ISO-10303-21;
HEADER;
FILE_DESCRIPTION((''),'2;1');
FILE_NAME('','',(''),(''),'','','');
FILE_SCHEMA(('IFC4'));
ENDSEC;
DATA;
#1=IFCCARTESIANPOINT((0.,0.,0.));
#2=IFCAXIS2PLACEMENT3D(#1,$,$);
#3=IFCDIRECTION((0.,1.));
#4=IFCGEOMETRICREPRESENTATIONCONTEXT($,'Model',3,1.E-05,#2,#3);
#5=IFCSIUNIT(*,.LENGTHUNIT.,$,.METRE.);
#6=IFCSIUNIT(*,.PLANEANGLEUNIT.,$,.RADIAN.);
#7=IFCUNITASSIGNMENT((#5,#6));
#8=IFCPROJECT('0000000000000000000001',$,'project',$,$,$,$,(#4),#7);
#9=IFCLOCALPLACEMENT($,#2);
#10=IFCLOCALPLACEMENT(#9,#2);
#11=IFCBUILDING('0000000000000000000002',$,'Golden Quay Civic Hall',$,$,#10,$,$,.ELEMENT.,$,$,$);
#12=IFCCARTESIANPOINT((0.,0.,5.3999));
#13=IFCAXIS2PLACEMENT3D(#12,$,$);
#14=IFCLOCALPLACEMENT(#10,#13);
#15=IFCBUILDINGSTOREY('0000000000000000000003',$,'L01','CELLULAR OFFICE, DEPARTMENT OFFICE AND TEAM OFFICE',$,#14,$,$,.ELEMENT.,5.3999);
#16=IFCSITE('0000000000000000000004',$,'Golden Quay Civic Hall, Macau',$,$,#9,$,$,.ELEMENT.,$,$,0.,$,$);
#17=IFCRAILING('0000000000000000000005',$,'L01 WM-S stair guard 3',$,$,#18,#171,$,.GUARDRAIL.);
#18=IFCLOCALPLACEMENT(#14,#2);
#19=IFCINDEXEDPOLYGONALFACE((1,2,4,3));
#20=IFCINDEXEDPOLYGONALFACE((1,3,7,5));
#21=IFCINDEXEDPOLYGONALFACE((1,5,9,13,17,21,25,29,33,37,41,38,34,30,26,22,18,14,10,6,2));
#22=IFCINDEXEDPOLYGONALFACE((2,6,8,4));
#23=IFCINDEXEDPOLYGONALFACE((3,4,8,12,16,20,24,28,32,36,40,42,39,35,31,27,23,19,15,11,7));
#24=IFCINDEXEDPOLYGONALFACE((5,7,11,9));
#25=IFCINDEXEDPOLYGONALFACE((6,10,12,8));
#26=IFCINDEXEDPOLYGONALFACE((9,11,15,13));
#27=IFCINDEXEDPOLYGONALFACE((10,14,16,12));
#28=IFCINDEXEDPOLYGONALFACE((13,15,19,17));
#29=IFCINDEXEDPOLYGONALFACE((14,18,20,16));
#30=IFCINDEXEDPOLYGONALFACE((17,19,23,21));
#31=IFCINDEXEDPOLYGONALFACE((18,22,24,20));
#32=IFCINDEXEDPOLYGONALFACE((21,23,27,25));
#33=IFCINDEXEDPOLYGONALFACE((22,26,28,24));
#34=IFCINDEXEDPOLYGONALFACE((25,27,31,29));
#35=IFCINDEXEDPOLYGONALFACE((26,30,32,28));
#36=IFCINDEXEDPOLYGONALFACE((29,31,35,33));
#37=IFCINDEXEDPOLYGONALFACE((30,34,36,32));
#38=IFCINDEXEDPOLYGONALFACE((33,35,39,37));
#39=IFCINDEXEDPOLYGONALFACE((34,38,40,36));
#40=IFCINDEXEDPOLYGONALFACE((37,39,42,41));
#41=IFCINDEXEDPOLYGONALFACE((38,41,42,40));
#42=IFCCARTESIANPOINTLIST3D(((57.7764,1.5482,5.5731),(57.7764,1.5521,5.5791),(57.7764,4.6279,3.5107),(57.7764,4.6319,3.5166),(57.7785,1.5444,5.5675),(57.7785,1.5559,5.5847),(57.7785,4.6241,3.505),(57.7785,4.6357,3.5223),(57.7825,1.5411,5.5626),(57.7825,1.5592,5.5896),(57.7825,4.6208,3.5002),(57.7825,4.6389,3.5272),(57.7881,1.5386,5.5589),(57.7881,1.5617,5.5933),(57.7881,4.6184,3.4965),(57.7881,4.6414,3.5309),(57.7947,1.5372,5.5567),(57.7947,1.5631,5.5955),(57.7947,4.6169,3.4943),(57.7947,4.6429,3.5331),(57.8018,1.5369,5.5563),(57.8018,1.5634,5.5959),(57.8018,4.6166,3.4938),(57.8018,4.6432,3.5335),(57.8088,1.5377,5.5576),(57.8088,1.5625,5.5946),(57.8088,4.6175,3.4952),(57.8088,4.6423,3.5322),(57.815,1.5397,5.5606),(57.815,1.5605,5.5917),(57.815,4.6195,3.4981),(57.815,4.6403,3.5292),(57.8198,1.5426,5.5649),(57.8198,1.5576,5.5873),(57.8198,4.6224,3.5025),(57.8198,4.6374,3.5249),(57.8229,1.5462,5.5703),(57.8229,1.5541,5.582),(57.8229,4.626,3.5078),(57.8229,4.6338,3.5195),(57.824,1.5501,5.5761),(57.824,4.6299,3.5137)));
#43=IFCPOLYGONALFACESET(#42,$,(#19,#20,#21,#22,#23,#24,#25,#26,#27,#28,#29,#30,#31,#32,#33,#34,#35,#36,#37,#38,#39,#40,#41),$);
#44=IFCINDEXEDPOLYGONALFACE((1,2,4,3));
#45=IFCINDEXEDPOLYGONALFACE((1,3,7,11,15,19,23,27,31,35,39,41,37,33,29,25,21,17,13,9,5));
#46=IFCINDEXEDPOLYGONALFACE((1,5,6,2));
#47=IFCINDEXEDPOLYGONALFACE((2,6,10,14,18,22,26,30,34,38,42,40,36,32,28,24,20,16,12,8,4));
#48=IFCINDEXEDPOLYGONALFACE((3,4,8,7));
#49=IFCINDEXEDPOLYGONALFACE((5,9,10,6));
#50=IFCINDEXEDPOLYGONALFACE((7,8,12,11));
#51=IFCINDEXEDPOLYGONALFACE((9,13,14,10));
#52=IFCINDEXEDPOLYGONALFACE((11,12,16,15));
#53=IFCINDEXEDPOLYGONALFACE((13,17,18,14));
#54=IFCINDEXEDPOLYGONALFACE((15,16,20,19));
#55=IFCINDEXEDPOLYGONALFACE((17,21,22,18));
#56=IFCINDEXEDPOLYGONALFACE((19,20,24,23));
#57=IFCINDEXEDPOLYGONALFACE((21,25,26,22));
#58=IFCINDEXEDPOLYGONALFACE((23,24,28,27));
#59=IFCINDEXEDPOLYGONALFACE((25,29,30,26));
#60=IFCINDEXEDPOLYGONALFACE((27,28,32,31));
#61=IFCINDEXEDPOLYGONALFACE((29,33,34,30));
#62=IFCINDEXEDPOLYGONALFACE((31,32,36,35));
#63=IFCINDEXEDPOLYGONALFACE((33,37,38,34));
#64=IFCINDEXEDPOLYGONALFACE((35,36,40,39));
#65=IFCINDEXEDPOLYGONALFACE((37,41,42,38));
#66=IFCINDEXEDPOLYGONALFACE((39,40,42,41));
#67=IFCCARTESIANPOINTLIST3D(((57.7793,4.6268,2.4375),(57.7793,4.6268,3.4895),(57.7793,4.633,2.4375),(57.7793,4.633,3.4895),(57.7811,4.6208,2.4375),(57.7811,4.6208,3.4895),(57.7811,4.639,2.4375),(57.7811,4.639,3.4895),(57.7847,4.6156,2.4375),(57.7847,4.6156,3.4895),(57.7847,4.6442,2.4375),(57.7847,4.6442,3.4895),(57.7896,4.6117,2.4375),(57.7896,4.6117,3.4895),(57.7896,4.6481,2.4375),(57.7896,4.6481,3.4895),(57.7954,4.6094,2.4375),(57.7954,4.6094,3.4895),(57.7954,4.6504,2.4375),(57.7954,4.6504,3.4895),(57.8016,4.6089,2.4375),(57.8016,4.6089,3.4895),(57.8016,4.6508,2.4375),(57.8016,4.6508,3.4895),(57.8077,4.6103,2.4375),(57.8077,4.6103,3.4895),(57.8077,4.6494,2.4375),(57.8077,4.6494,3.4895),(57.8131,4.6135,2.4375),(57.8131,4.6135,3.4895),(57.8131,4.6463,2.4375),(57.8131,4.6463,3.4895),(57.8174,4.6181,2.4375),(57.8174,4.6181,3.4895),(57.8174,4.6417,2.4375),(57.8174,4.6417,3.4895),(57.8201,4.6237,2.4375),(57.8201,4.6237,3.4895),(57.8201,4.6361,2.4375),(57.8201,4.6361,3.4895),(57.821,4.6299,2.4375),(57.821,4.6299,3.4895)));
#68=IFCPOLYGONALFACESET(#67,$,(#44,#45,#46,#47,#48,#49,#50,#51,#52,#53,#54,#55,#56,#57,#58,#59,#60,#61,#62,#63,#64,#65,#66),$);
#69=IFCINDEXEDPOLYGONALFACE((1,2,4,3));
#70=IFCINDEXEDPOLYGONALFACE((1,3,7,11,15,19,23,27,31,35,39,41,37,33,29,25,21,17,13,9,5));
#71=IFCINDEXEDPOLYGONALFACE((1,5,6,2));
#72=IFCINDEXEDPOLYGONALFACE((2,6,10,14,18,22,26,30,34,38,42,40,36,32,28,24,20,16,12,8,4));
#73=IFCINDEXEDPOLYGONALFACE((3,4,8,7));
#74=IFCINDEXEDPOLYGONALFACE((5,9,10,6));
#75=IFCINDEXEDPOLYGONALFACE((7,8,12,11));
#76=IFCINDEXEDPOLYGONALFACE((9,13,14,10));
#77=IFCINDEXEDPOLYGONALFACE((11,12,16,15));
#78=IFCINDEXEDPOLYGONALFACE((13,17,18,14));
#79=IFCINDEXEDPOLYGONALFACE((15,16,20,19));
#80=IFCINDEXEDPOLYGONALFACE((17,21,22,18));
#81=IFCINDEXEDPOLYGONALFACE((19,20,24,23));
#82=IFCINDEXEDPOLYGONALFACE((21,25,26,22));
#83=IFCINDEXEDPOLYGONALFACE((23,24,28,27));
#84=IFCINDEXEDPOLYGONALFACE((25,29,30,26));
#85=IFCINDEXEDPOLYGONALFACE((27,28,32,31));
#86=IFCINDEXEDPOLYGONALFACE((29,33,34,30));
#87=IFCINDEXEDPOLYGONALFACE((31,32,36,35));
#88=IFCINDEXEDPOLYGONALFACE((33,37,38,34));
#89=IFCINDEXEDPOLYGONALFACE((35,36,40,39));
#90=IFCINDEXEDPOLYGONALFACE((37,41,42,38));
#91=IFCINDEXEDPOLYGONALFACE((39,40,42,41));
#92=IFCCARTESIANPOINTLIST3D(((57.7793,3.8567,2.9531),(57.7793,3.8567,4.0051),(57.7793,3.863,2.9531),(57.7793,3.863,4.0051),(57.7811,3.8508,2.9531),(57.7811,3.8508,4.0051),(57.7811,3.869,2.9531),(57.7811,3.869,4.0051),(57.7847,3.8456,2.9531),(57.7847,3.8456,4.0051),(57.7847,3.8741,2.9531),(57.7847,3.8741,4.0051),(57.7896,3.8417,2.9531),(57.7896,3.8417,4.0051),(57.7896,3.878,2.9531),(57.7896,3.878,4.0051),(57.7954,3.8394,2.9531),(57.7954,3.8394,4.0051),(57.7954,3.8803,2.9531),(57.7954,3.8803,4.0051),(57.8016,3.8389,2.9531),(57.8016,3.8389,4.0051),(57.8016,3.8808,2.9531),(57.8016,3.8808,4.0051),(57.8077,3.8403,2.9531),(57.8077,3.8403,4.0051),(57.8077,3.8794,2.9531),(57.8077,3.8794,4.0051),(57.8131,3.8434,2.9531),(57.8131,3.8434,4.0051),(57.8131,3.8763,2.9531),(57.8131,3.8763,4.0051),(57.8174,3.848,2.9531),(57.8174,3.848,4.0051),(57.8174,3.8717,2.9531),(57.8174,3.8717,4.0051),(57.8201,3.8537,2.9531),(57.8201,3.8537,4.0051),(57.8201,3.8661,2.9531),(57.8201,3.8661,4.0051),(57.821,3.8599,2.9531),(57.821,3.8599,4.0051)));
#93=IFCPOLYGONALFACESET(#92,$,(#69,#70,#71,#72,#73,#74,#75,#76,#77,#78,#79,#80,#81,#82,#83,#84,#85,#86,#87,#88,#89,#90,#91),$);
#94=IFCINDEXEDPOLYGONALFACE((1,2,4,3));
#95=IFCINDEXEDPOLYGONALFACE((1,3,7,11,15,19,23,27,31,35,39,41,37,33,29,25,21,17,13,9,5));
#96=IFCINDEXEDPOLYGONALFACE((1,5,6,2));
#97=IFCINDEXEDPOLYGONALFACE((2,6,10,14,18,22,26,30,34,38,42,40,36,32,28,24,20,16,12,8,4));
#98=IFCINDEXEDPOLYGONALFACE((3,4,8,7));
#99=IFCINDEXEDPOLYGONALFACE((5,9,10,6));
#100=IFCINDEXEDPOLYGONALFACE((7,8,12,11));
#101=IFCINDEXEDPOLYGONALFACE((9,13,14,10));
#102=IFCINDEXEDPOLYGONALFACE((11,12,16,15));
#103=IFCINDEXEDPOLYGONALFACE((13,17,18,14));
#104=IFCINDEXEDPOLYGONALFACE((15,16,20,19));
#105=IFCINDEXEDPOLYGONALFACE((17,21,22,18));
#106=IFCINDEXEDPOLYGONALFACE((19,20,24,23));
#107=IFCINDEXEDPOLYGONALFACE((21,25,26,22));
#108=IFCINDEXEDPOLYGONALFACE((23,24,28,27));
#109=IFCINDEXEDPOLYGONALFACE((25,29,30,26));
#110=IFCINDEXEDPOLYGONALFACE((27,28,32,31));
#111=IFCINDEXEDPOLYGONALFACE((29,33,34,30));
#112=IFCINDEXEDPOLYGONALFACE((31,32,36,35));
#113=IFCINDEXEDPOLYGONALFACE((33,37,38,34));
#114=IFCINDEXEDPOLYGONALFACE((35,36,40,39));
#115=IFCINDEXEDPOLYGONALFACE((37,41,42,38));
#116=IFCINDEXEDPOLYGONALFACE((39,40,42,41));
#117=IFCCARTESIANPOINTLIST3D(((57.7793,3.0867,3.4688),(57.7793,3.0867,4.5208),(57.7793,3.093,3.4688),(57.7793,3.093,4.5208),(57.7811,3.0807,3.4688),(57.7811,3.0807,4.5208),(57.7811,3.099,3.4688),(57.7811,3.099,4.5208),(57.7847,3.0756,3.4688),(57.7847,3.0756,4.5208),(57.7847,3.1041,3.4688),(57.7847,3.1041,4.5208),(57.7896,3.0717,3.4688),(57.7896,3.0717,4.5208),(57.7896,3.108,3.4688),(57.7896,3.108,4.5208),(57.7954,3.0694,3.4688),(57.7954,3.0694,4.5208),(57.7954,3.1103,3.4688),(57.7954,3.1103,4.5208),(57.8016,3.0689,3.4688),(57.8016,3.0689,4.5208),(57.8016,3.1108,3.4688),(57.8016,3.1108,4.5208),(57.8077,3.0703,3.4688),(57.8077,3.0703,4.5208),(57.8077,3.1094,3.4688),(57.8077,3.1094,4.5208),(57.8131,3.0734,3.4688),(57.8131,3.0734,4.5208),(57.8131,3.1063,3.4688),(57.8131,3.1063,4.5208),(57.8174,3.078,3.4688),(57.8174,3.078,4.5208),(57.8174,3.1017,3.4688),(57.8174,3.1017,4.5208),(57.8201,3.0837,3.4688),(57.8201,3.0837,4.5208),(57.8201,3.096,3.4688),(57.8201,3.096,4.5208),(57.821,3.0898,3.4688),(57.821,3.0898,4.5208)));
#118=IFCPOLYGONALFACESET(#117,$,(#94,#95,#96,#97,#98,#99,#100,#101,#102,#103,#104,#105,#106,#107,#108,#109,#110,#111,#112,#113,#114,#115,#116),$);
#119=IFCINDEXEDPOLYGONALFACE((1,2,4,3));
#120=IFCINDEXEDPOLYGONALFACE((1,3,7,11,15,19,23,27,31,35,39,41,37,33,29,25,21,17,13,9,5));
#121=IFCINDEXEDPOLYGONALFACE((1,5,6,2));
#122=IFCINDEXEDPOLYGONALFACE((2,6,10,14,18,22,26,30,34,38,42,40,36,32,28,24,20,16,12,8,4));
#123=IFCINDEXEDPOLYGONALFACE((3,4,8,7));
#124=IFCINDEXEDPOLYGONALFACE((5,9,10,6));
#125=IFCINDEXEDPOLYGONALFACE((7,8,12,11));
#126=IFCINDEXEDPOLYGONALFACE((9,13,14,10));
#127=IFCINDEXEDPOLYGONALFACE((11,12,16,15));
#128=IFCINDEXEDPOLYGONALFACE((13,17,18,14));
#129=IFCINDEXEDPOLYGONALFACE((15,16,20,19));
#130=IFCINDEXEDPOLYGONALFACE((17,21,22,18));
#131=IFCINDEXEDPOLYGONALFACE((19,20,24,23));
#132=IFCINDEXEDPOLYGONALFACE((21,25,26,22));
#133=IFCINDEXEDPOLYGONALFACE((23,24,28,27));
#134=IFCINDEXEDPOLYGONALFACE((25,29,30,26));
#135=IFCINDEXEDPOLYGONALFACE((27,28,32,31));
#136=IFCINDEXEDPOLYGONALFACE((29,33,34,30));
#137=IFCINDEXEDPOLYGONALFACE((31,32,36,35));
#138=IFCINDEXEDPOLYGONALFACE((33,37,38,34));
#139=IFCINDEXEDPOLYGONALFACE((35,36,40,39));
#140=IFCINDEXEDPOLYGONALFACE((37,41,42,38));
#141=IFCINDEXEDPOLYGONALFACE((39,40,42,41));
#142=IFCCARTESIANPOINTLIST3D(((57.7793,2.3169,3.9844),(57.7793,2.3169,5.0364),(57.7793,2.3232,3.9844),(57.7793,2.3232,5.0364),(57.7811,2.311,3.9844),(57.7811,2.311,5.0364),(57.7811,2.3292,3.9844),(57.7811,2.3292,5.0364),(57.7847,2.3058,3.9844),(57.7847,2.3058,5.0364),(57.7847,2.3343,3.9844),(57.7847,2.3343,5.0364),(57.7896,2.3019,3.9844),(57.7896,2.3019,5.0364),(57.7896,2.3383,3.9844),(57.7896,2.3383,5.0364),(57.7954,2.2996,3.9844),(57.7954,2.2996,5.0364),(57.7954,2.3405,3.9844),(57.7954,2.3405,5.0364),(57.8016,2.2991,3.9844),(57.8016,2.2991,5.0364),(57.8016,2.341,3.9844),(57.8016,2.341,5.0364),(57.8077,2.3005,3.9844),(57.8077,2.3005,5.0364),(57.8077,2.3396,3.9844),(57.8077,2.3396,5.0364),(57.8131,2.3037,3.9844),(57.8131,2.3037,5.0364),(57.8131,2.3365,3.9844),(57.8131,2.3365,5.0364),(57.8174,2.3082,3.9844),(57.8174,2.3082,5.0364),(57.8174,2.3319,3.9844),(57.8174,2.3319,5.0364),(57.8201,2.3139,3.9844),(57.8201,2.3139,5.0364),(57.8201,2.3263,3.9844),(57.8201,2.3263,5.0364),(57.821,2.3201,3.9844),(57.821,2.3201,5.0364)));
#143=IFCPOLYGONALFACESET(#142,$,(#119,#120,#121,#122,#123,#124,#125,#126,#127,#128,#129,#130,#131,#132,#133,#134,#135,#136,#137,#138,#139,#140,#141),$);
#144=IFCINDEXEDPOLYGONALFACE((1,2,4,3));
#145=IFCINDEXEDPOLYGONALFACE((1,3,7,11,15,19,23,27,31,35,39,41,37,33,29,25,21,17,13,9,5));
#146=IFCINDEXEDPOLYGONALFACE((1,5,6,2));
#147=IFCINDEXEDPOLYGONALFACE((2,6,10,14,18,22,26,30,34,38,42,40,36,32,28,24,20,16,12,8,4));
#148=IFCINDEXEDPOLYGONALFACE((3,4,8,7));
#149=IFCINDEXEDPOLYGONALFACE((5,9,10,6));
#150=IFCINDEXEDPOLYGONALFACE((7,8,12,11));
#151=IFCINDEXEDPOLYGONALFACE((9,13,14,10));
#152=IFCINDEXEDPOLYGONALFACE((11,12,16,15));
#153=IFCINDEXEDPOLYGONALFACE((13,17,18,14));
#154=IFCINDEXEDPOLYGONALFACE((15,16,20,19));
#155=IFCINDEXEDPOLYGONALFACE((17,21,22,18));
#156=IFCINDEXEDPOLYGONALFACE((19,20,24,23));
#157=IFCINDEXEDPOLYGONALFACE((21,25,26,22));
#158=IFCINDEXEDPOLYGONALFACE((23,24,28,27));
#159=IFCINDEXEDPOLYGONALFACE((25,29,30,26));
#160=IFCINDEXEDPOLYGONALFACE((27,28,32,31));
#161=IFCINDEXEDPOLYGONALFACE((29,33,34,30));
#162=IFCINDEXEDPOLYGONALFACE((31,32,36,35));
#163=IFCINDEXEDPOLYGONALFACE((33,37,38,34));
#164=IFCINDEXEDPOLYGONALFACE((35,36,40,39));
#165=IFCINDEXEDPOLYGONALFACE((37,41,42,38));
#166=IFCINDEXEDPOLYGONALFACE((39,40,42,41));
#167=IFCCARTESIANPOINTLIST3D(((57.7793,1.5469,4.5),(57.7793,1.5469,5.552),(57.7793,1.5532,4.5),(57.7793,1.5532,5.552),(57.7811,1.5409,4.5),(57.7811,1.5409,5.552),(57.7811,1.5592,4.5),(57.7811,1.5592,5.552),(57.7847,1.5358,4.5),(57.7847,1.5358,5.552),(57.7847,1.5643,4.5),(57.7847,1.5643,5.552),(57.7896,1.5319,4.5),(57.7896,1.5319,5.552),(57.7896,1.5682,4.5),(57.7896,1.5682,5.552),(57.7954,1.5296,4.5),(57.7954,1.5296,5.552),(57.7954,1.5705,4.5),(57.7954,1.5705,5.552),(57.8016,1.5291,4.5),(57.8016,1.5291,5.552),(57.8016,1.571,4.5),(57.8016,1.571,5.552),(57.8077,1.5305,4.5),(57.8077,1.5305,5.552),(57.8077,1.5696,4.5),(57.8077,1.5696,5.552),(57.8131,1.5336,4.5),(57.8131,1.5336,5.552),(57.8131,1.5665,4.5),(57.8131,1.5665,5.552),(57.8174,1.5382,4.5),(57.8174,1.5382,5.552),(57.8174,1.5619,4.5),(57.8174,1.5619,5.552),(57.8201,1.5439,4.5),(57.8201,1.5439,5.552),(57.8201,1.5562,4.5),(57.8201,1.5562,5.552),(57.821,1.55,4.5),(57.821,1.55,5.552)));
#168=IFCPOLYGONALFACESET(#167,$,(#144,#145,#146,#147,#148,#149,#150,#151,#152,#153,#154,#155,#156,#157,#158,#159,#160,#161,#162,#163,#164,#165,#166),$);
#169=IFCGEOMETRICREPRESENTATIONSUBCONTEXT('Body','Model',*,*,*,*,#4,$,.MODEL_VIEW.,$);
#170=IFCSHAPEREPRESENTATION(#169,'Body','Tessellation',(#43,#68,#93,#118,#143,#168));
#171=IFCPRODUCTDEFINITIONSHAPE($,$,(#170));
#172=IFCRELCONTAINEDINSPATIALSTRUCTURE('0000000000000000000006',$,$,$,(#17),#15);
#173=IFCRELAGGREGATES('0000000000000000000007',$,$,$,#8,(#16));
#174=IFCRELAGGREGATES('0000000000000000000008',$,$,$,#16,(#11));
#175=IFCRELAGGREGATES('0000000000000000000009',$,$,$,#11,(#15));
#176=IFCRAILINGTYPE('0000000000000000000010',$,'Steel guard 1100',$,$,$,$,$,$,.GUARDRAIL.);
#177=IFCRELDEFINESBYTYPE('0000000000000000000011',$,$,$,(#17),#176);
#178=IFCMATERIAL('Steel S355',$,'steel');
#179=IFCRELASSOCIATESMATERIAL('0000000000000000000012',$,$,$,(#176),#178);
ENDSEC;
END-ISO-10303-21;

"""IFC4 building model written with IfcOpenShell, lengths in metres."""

from ifc_helpers import new_model, si_unit, direction, frame, origin, origin_2d, place, context, subcontext, project, spatial, circle, extrude, material, type_object, element, save


model = new_model("IFC4")

# Units and contexts
model_context = context("Model", 3, precision=1e-05, world=origin(), true_north=direction((0.0, 1.0)))
body_context = subcontext(model_context, "Body", "Model", "MODEL_VIEW")
ifc_project = project(units=[si_unit("LENGTHUNIT", "METRE"), si_unit("PLANEANGLEUNIT", "RADIAN")], contexts=[model_context])

# Site, building, storey
site_placement = place(None, origin())
site = spatial("IfcSite", under=ifc_project, at=site_placement, Name="Golden Quay Civic Hall, Macau", CompositionType="ELEMENT", RefElevation=0.0)
building_placement = place(site_placement, origin())
building = spatial("IfcBuilding", under=site, at=building_placement, Name="Golden Quay Civic Hall", CompositionType="ELEMENT")
storey_placement = place(building_placement, frame((0.0, 0.0, 5.3999)))
storey = spatial("IfcBuildingStorey", under=building, at=storey_placement, Name="L01", Description="CELLULAR OFFICE, DEPARTMENT OFFICE AND TEAM OFFICE", CompositionType="ELEMENT", Elevation=5.3999)

# Railing
ifc_material_1 = material(Name="Steel S355", Category="steel")
railing_type_1 = type_object("IfcRailingType", Name="Steel guard 1100", PredefinedType="GUARDRAIL", material=ifc_material_1)
railing_1_placement = place(storey_placement, frame((57.8, 4.6299, 2.4375)))
element("IfcRailing", 1, at=railing_1_placement, inside=storey, type_object=railing_type_1, Name="L01 WM-S stair guard 3", PredefinedType="GUARDRAIL", context=body_context, shape_type="SweptSolid", body=[
    extrude(circle(Radius=0.0239, at=origin_2d()), frame((0.0, 0.0, 1.0762), z_axis=(0.0, -0.830893, 0.556432), x_axis=(1.0, 0.0, 0.0)), (0.0, 0.0, 1.0), 3.7065),
    extrude(circle(Radius=0.021, at=origin_2d()), origin(), (0.0, 0.0, 1.0), 1.052),
    extrude(circle(Radius=0.021, at=origin_2d()), frame((0.0, -0.77, 0.5156)), (0.0, 0.0, 1.0), 1.052),
    extrude(circle(Radius=0.021, at=origin_2d()), frame((0.0, -1.54, 1.0312)), (0.0, 0.0, 1.0), 1.052),
    extrude(circle(Radius=0.021, at=origin_2d()), frame((0.0, -2.3098, 1.5469)), (0.0, 0.0, 1.0), 1.052),
    extrude(circle(Radius=0.021, at=origin_2d()), frame((0.0, -3.0798, 2.0625)), (0.0, 0.0, 1.0), 1.052),
])

save(model, "model.ifc")
